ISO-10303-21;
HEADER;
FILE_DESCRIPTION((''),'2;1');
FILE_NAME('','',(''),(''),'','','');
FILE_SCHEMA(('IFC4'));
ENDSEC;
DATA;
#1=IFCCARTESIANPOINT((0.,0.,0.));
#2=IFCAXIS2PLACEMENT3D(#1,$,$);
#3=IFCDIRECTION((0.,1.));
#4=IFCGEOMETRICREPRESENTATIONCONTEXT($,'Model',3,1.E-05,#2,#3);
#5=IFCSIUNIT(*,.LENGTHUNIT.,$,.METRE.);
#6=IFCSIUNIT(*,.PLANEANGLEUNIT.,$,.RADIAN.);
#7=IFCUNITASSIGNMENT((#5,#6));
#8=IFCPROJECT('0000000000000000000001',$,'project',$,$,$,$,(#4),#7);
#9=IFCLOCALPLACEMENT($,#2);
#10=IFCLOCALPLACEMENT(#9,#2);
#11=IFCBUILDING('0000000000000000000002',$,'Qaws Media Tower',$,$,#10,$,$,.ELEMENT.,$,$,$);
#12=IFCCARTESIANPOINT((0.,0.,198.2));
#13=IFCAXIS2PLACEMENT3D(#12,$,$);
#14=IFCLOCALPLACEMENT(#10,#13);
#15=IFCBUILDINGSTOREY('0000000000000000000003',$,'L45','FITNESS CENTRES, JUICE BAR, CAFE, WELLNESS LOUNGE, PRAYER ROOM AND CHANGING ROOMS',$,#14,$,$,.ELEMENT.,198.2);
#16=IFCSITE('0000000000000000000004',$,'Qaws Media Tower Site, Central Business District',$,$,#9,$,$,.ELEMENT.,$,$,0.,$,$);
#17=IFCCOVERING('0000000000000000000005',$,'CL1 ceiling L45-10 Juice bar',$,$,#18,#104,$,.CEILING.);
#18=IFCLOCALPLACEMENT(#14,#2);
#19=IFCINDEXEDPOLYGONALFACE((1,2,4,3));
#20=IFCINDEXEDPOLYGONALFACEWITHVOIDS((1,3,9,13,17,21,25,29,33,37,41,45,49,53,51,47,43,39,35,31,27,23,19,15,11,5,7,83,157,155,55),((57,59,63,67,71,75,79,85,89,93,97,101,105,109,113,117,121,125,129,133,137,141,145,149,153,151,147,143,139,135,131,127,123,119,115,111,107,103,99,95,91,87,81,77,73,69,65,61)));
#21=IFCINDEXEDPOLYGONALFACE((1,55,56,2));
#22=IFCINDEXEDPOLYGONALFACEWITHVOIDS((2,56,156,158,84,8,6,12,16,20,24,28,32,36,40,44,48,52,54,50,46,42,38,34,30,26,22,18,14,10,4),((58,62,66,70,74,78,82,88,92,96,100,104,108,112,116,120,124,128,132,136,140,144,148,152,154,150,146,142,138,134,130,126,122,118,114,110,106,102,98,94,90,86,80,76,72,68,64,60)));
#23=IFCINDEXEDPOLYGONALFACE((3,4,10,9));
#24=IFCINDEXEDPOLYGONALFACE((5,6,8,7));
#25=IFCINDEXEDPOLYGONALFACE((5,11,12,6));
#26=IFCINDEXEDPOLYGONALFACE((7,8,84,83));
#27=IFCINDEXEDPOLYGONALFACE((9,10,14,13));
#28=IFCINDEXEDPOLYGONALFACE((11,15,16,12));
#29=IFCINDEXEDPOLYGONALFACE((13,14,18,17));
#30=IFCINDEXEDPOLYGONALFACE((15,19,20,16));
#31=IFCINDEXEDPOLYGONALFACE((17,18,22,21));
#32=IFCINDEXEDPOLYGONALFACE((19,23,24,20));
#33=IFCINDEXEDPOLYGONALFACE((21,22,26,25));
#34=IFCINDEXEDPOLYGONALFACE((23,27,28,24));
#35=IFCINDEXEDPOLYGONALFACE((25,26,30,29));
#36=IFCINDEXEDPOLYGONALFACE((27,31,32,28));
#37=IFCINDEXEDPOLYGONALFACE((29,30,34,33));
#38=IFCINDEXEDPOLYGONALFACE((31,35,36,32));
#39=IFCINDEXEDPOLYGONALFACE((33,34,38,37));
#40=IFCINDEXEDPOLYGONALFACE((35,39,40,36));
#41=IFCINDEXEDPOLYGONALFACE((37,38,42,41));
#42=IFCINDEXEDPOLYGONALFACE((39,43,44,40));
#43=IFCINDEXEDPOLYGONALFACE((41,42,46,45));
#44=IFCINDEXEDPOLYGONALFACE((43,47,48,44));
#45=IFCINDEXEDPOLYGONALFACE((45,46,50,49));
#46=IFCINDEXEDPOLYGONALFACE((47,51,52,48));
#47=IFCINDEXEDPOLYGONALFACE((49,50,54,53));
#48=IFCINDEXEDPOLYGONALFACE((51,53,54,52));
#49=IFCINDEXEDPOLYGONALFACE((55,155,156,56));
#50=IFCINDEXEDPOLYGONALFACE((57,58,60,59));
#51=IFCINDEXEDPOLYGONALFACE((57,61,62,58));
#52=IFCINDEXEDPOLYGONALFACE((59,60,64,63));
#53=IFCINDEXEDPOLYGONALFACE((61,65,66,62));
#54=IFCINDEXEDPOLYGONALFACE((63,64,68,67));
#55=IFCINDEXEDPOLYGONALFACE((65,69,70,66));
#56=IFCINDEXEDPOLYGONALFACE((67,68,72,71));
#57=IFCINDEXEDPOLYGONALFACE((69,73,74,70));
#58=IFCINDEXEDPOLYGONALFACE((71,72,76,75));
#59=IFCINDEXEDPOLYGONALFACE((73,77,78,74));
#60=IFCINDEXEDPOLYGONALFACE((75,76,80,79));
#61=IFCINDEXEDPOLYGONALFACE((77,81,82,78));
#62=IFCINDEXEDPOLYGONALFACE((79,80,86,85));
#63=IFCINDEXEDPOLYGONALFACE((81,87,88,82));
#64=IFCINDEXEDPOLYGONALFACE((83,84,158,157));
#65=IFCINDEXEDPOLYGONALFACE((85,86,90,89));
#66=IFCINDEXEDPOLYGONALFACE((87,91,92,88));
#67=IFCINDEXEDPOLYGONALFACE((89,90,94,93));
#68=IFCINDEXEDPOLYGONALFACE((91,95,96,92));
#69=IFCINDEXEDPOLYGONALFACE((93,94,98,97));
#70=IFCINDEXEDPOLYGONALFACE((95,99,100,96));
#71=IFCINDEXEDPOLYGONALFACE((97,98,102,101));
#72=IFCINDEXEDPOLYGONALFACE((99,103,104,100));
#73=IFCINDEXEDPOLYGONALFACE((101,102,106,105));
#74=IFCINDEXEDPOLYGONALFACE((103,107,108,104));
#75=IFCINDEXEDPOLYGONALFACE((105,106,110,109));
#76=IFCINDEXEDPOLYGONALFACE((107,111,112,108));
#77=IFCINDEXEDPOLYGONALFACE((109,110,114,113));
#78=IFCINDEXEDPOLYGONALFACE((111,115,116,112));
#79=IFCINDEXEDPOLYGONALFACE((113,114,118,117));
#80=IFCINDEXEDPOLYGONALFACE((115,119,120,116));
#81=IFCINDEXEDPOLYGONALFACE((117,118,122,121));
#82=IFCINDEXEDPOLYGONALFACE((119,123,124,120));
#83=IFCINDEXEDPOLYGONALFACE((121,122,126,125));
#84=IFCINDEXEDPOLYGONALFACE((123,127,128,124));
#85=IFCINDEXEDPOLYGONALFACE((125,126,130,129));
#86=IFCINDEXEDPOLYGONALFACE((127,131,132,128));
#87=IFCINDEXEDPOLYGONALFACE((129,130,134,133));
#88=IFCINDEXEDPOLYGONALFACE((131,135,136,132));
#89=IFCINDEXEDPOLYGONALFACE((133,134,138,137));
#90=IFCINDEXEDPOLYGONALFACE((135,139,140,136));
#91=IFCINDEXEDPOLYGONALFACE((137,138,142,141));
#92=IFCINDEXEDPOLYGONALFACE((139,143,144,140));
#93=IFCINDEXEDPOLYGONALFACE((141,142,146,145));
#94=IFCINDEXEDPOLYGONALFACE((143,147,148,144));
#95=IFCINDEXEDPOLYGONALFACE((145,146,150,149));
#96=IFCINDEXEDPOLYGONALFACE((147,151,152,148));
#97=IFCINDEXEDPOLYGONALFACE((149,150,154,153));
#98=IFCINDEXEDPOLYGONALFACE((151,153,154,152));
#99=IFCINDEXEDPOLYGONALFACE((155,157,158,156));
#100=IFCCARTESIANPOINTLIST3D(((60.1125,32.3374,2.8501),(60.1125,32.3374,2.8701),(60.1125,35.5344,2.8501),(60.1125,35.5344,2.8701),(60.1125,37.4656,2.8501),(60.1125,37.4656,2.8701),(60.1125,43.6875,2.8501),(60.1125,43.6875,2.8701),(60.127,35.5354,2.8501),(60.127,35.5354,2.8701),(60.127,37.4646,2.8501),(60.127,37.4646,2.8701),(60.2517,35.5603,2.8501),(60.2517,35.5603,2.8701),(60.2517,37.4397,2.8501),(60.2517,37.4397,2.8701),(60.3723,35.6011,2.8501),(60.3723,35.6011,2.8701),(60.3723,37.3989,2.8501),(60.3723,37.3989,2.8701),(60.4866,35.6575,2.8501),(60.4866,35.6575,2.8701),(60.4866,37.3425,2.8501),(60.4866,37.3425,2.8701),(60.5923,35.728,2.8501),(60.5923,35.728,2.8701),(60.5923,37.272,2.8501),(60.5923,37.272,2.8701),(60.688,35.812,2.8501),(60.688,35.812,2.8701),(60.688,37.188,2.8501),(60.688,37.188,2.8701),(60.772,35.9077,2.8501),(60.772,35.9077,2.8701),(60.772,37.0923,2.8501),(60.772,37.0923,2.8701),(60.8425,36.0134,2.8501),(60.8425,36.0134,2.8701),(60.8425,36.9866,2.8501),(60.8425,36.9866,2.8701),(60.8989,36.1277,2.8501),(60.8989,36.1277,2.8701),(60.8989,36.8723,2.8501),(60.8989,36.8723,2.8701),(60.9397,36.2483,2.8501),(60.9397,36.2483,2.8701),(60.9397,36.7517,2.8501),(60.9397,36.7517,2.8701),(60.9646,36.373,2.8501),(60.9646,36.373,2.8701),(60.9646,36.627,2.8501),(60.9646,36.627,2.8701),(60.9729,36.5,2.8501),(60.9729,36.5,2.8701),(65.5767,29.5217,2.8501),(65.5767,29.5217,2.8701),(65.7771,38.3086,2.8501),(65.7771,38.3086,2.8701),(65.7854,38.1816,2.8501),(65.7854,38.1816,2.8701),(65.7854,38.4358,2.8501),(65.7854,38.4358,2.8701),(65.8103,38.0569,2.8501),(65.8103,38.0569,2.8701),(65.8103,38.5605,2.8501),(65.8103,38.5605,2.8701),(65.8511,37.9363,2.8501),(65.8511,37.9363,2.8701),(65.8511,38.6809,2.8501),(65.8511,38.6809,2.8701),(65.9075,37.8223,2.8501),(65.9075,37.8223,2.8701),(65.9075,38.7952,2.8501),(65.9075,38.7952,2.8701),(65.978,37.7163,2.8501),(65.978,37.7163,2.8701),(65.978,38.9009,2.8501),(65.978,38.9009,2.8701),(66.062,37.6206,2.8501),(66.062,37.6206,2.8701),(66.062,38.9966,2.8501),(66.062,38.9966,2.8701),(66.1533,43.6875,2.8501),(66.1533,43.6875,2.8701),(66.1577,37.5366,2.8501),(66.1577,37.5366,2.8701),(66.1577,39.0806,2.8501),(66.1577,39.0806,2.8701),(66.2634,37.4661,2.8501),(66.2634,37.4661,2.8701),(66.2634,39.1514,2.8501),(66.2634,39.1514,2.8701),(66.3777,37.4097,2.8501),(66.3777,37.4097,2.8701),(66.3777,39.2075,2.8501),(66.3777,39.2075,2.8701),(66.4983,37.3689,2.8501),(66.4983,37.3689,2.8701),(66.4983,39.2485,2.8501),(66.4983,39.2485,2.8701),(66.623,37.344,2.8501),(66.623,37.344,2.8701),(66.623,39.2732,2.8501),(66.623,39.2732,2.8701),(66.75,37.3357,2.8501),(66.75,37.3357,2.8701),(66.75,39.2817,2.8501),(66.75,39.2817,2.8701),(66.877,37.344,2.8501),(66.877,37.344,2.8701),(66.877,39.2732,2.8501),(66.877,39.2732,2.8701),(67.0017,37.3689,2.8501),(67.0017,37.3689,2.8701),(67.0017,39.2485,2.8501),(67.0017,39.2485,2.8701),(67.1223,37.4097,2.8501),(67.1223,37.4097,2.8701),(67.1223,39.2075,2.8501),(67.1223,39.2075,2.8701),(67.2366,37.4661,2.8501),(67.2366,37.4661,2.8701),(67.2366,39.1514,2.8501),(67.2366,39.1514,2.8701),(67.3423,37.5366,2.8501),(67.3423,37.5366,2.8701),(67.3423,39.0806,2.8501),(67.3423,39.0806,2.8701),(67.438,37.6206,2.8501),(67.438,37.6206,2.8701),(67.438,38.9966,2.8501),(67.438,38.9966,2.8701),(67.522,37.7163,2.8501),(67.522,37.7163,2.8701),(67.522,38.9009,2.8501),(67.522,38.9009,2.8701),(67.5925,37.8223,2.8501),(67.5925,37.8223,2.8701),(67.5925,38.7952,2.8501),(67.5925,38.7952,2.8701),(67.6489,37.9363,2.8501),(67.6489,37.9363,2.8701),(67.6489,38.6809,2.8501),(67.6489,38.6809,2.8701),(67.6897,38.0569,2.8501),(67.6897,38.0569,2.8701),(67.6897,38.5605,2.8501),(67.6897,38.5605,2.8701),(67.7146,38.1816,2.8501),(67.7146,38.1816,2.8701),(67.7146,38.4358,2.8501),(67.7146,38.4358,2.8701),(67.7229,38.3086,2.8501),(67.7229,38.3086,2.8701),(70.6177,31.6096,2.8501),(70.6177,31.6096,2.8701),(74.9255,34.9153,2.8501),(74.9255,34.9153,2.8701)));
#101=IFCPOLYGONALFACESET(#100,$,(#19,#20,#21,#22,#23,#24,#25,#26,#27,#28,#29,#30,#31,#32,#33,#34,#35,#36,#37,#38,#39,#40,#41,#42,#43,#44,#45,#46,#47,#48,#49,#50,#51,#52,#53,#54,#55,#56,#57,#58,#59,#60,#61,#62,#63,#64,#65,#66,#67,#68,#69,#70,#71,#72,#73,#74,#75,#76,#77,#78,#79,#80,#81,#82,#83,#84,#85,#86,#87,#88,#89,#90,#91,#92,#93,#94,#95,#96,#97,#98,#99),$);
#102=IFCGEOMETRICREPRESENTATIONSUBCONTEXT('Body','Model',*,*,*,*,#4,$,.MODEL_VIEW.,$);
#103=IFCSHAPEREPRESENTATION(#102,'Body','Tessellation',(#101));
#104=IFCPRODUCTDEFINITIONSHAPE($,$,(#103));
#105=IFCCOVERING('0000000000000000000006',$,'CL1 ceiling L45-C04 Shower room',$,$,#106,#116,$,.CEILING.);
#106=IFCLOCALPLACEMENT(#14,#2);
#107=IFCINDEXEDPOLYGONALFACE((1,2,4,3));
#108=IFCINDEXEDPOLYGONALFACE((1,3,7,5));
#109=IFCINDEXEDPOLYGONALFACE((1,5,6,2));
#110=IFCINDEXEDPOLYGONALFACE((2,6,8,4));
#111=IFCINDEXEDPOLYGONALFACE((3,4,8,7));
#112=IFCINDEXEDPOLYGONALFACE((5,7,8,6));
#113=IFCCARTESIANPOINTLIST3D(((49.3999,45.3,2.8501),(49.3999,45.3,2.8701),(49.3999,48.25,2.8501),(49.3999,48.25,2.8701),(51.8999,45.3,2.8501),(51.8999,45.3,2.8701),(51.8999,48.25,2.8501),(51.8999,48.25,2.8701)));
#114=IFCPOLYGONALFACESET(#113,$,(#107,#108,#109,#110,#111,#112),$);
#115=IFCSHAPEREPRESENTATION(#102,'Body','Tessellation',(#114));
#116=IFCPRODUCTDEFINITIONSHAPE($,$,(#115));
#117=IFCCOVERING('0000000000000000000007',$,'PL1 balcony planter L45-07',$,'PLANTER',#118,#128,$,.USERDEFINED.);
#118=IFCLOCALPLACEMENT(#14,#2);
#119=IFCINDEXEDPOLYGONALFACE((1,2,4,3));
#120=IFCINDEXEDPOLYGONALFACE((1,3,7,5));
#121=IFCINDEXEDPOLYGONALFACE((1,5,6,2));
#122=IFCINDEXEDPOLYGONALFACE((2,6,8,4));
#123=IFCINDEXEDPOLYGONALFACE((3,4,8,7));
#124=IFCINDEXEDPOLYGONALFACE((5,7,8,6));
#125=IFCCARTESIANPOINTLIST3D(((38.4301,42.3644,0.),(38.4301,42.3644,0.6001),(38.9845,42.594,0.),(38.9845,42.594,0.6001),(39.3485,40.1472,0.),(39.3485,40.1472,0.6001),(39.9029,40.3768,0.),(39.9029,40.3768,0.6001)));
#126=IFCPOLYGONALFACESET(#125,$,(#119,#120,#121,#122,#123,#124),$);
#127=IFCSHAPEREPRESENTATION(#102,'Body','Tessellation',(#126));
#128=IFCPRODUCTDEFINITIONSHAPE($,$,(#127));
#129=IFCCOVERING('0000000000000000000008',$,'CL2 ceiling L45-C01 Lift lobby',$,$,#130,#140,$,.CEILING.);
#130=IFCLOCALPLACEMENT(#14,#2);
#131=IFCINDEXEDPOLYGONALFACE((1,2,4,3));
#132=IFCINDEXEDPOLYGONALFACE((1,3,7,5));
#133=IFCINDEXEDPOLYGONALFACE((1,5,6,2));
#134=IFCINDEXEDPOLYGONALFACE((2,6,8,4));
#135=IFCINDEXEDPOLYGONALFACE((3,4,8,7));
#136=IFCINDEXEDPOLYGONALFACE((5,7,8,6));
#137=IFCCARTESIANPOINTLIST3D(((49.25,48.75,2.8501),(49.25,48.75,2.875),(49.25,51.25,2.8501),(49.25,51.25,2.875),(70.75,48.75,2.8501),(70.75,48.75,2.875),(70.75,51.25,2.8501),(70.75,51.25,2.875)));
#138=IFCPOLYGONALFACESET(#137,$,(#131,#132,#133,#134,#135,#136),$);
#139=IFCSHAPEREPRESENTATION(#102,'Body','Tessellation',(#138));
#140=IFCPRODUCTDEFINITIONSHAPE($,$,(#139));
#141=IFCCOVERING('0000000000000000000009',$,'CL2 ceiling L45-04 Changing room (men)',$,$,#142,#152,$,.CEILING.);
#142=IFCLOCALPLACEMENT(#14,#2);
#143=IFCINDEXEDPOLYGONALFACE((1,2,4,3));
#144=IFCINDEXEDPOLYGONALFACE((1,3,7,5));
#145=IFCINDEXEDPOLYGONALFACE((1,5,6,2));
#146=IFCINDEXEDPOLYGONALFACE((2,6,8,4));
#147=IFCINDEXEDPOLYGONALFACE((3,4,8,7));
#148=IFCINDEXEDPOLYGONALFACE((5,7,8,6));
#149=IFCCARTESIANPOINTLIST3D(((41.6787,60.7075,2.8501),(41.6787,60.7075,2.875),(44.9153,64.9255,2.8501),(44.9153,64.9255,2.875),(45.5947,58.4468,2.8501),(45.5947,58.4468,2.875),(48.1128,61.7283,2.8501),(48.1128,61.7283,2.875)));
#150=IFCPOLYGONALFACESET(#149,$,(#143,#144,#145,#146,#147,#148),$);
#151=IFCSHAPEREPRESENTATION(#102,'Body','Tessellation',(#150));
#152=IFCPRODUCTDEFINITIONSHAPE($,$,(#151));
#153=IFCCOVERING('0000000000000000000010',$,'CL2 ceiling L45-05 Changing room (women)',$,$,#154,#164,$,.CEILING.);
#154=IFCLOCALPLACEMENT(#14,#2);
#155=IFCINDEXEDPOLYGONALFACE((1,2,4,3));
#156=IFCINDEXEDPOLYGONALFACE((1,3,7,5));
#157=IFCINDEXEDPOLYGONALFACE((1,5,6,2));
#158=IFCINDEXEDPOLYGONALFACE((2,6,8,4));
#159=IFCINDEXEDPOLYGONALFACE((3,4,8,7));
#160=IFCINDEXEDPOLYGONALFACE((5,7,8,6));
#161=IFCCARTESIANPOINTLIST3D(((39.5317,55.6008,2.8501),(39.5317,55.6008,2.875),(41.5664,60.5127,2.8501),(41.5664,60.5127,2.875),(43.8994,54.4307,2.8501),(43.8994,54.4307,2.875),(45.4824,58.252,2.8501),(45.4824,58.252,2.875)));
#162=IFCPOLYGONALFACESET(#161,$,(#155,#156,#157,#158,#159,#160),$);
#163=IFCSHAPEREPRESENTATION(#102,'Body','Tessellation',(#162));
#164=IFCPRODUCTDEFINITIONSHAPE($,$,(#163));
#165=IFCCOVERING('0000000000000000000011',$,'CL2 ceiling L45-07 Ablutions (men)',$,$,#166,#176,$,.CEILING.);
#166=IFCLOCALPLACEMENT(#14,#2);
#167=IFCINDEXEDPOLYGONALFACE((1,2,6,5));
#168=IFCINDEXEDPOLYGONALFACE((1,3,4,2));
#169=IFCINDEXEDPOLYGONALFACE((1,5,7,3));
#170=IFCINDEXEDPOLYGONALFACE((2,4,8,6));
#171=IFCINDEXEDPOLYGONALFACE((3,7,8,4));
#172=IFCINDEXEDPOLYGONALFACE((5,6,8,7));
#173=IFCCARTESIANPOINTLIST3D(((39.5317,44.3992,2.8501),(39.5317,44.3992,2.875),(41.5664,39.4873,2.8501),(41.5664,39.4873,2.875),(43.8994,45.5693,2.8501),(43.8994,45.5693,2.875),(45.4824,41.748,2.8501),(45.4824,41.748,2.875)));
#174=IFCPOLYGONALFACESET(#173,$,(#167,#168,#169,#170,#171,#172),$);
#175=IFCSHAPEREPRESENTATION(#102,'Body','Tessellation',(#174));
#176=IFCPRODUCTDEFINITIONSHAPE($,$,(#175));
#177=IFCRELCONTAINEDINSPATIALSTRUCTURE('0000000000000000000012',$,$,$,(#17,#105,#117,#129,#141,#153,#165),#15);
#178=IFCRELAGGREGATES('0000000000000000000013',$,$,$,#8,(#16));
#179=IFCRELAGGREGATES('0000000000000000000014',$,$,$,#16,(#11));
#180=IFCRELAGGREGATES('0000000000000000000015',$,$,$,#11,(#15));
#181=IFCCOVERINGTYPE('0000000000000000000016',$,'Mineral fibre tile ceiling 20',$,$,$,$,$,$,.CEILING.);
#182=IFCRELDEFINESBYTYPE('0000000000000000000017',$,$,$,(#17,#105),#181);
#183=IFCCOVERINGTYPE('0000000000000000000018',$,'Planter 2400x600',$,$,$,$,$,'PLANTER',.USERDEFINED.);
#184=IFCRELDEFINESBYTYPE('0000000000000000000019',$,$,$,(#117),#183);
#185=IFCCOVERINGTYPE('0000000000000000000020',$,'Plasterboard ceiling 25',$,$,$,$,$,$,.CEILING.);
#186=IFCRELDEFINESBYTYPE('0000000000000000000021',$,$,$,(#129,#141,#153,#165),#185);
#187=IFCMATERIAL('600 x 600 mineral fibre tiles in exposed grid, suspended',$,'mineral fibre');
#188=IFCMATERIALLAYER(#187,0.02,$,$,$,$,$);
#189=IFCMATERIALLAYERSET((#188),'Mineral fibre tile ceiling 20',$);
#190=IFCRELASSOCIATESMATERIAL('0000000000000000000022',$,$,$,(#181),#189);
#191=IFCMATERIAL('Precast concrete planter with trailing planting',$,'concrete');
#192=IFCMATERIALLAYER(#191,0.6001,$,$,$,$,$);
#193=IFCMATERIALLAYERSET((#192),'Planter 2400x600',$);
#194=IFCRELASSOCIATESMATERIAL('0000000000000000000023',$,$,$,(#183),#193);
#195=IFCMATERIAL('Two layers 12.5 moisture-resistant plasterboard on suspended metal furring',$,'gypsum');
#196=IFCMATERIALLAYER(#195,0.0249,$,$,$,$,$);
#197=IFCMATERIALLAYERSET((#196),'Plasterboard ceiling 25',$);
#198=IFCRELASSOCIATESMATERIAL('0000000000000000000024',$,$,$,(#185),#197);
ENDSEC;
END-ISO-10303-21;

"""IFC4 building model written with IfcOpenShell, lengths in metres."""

from ifc_helpers import new_model, si_unit, direction, frame, origin, origin_2d, place, context, subcontext, project, spatial, polyline, rectangle, outline, extrude, material, layer, layer_set, type_object, element, save


model = new_model("IFC4")

# Units and contexts
model_context = context("Model", 3, precision=1e-05, world=origin(), true_north=direction((0.0, 1.0)))
body_context = subcontext(model_context, "Body", "Model", "MODEL_VIEW")
ifc_project = project(units=[si_unit("LENGTHUNIT", "METRE"), si_unit("PLANEANGLEUNIT", "RADIAN")], contexts=[model_context])

# Site, building, storey
site_placement = place(None, origin())
site = spatial("IfcSite", under=ifc_project, at=site_placement, Name="Qaws Media Tower Site, Central Business District", CompositionType="ELEMENT", RefElevation=0.0)
building_placement = place(site_placement, origin())
building = spatial("IfcBuilding", under=site, at=building_placement, Name="Qaws Media Tower", CompositionType="ELEMENT")
storey_placement = place(building_placement, frame((0.0, 0.0, 198.2)))
storey = spatial("IfcBuildingStorey", under=building, at=storey_placement, Name="L45", Description="FITNESS CENTRES, JUICE BAR, CAFE, WELLNESS LOUNGE, PRAYER ROOM AND CHANGING ROOMS", CompositionType="ELEMENT", Elevation=198.2)

# Coverings
ifc_material_1 = material(Name="600 x 600 mineral fibre tiles in exposed grid, suspended", Category="mineral fibre")
ifc_layer_1 = layer(ifc_material_1, 0.02)
ifc_layer_set_1 = layer_set([ifc_layer_1], Name="Mineral fibre tile ceiling 20")
covering_type_1 = type_object("IfcCoveringType", Name="Mineral fibre tile ceiling 20", PredefinedType="CEILING", material=ifc_layer_set_1)
covering_1_placement = place(storey_placement, frame((0.0, 0.0, 2.8501)))
element("IfcCovering", 1, at=covering_1_placement, inside=storey, type_object=covering_type_1, Name="CL1 ceiling L45-10 Juice bar", PredefinedType="CEILING", context=body_context, shape_type="SweptSolid", body=[
    extrude(outline(polyline([(60.1125, 35.5344), (60.127, 35.5354), (60.2517, 35.5603), (60.3723, 35.6011), (60.4866, 35.6575), (60.5923, 35.728), (60.688, 35.812), (60.772, 35.9077), (60.8425, 36.0134), (60.8989, 36.1277), (60.9397, 36.2483), (60.9646, 36.373), (60.9729, 36.5), (60.9646, 36.627), (60.9397, 36.7517), (60.8989, 36.8723), (60.8425, 36.9866), (60.772, 37.0923), (60.688, 37.188), (60.5923, 37.272), (60.4866, 37.3425), (60.3723, 37.3989), (60.2517, 37.4397), (60.127, 37.4646), (60.1125, 37.4656), (60.1125, 43.6875), (66.1533, 43.6875), (74.9255, 34.9153), (70.6177, 31.6096), (65.5767, 29.5217), (60.1125, 32.3374), (60.1125, 35.5344)]), holes=[polyline([(67.6489, 37.9363), (67.6897, 38.0569), (67.7146, 38.1816), (67.7229, 38.3086), (67.7146, 38.4358), (67.6897, 38.5605), (67.6489, 38.6809), (67.5925, 38.7952), (67.522, 38.9009), (67.438, 38.9966), (67.3423, 39.0806), (67.2366, 39.1514), (67.1223, 39.2075), (67.0017, 39.2485), (66.877, 39.2732), (66.75, 39.2817), (66.623, 39.2732), (66.4983, 39.2485), (66.3777, 39.2075), (66.2634, 39.1514), (66.1577, 39.0806), (66.062, 38.9966), (65.978, 38.9009), (65.9075, 38.7952), (65.8511, 38.6809), (65.8103, 38.5605), (65.7854, 38.4358), (65.7771, 38.3086), (65.7854, 38.1816), (65.8103, 38.0569), (65.8511, 37.9363), (65.9075, 37.8223), (65.978, 37.7163), (66.062, 37.6206), (66.1577, 37.5366), (66.2634, 37.4661), (66.3777, 37.4097), (66.4983, 37.3689), (66.623, 37.344), (66.75, 37.3357), (66.877, 37.344), (67.0017, 37.3689), (67.1223, 37.4097), (67.2366, 37.4661), (67.3423, 37.5366), (67.438, 37.6206), (67.522, 37.7163), (67.5925, 37.8223), (67.6489, 37.9363)])]), origin(), (0.0, 0.0, 1.0), 0.02),
])
covering_2_placement = place(storey_placement, frame((0.0, 0.0, 2.8501)))
element("IfcCovering", 2, at=covering_2_placement, inside=storey, type_object=covering_type_1, Name="CL1 ceiling L45-C04 Shower room", PredefinedType="CEILING", context=body_context, shape_type="SweptSolid", body=[
    extrude(outline(polyline([(49.3999, 45.3), (49.3999, 48.25), (51.8999, 48.25), (51.8999, 45.3), (49.3999, 45.3)])), origin(), (0.0, 0.0, 1.0), 0.02),
])
ifc_material_2 = material(Name="Precast concrete planter with trailing planting", Category="concrete")
ifc_layer_2 = layer(ifc_material_2, 0.6001)
ifc_layer_set_2 = layer_set([ifc_layer_2], Name="Planter 2400x600")
covering_type_2 = type_object("IfcCoveringType", Name="Planter 2400x600", ElementType="PLANTER", PredefinedType="USERDEFINED", material=ifc_layer_set_2)
covering_3_placement = place(storey_placement, frame((39.1665, 41.3706, 0.0), z_axis=(0.0, 0.0, 1.0), x_axis=(0.382683, -0.92388, 0.0)))
element("IfcCovering", 3, at=covering_3_placement, inside=storey, type_object=covering_type_2, Name="PL1 balcony planter L45-07", ObjectType="PLANTER", PredefinedType="USERDEFINED", context=body_context, shape_type="SweptSolid", body=[
    extrude(rectangle(XDim=2.3999, YDim=0.6001, at=origin_2d()), origin(), (0.0, 0.0, 1.0), 0.6001),
])
ifc_material_3 = material(Name="Two layers 12.5 moisture-resistant plasterboard on suspended metal furring", Category="gypsum")
ifc_layer_3 = layer(ifc_material_3, 0.0249)
ifc_layer_set_3 = layer_set([ifc_layer_3], Name="Plasterboard ceiling 25")
covering_type_3 = type_object("IfcCoveringType", Name="Plasterboard ceiling 25", PredefinedType="CEILING", material=ifc_layer_set_3)
covering_4_placement = place(storey_placement, frame((0.0, 0.0, 2.8501)))
element("IfcCovering", 4, at=covering_4_placement, inside=storey, type_object=covering_type_3, Name="CL2 ceiling L45-C01 Lift lobby", PredefinedType="CEILING", context=body_context, shape_type="SweptSolid", body=[
    extrude(outline(polyline([(49.25, 48.75), (49.25, 51.25), (70.75, 51.25), (70.75, 48.75), (49.25, 48.75)])), origin(), (0.0, 0.0, 1.0), 0.0249),
])
covering_5_placement = place(storey_placement, frame((0.0, 0.0, 2.8501)))
element("IfcCovering", 5, at=covering_5_placement, inside=storey, type_object=covering_type_3, Name="CL2 ceiling L45-04 Changing room (men)", PredefinedType="CEILING", context=body_context, shape_type="SweptSolid", body=[
    extrude(outline(polyline([(44.9153, 64.9255), (48.1128, 61.7283), (45.5947, 58.4468), (41.6787, 60.7075), (44.9153, 64.9255)])), origin(), (0.0, 0.0, 1.0), 0.0249),
])
covering_6_placement = place(storey_placement, frame((0.0, 0.0, 2.8501)))
element("IfcCovering", 6, at=covering_6_placement, inside=storey, type_object=covering_type_3, Name="CL2 ceiling L45-05 Changing room (women)", PredefinedType="CEILING", context=body_context, shape_type="SweptSolid", body=[
    extrude(outline(polyline([(41.5664, 60.5127), (45.4824, 58.252), (43.8994, 54.4307), (39.5317, 55.6008), (41.5664, 60.5127)])), origin(), (0.0, 0.0, 1.0), 0.0249),
])
covering_7_placement = place(storey_placement, frame((0.0, 0.0, 2.8501)))
element("IfcCovering", 7, at=covering_7_placement, inside=storey, type_object=covering_type_3, Name="CL2 ceiling L45-07 Ablutions (men)", PredefinedType="CEILING", context=body_context, shape_type="SweptSolid", body=[
    extrude(outline(polyline([(39.5317, 44.3992), (43.8994, 45.5693), (45.4824, 41.748), (41.5664, 39.4873), (39.5317, 44.3992)])), origin(), (0.0, 0.0, 1.0), 0.0249),
])

save(model, "model.ifc")
